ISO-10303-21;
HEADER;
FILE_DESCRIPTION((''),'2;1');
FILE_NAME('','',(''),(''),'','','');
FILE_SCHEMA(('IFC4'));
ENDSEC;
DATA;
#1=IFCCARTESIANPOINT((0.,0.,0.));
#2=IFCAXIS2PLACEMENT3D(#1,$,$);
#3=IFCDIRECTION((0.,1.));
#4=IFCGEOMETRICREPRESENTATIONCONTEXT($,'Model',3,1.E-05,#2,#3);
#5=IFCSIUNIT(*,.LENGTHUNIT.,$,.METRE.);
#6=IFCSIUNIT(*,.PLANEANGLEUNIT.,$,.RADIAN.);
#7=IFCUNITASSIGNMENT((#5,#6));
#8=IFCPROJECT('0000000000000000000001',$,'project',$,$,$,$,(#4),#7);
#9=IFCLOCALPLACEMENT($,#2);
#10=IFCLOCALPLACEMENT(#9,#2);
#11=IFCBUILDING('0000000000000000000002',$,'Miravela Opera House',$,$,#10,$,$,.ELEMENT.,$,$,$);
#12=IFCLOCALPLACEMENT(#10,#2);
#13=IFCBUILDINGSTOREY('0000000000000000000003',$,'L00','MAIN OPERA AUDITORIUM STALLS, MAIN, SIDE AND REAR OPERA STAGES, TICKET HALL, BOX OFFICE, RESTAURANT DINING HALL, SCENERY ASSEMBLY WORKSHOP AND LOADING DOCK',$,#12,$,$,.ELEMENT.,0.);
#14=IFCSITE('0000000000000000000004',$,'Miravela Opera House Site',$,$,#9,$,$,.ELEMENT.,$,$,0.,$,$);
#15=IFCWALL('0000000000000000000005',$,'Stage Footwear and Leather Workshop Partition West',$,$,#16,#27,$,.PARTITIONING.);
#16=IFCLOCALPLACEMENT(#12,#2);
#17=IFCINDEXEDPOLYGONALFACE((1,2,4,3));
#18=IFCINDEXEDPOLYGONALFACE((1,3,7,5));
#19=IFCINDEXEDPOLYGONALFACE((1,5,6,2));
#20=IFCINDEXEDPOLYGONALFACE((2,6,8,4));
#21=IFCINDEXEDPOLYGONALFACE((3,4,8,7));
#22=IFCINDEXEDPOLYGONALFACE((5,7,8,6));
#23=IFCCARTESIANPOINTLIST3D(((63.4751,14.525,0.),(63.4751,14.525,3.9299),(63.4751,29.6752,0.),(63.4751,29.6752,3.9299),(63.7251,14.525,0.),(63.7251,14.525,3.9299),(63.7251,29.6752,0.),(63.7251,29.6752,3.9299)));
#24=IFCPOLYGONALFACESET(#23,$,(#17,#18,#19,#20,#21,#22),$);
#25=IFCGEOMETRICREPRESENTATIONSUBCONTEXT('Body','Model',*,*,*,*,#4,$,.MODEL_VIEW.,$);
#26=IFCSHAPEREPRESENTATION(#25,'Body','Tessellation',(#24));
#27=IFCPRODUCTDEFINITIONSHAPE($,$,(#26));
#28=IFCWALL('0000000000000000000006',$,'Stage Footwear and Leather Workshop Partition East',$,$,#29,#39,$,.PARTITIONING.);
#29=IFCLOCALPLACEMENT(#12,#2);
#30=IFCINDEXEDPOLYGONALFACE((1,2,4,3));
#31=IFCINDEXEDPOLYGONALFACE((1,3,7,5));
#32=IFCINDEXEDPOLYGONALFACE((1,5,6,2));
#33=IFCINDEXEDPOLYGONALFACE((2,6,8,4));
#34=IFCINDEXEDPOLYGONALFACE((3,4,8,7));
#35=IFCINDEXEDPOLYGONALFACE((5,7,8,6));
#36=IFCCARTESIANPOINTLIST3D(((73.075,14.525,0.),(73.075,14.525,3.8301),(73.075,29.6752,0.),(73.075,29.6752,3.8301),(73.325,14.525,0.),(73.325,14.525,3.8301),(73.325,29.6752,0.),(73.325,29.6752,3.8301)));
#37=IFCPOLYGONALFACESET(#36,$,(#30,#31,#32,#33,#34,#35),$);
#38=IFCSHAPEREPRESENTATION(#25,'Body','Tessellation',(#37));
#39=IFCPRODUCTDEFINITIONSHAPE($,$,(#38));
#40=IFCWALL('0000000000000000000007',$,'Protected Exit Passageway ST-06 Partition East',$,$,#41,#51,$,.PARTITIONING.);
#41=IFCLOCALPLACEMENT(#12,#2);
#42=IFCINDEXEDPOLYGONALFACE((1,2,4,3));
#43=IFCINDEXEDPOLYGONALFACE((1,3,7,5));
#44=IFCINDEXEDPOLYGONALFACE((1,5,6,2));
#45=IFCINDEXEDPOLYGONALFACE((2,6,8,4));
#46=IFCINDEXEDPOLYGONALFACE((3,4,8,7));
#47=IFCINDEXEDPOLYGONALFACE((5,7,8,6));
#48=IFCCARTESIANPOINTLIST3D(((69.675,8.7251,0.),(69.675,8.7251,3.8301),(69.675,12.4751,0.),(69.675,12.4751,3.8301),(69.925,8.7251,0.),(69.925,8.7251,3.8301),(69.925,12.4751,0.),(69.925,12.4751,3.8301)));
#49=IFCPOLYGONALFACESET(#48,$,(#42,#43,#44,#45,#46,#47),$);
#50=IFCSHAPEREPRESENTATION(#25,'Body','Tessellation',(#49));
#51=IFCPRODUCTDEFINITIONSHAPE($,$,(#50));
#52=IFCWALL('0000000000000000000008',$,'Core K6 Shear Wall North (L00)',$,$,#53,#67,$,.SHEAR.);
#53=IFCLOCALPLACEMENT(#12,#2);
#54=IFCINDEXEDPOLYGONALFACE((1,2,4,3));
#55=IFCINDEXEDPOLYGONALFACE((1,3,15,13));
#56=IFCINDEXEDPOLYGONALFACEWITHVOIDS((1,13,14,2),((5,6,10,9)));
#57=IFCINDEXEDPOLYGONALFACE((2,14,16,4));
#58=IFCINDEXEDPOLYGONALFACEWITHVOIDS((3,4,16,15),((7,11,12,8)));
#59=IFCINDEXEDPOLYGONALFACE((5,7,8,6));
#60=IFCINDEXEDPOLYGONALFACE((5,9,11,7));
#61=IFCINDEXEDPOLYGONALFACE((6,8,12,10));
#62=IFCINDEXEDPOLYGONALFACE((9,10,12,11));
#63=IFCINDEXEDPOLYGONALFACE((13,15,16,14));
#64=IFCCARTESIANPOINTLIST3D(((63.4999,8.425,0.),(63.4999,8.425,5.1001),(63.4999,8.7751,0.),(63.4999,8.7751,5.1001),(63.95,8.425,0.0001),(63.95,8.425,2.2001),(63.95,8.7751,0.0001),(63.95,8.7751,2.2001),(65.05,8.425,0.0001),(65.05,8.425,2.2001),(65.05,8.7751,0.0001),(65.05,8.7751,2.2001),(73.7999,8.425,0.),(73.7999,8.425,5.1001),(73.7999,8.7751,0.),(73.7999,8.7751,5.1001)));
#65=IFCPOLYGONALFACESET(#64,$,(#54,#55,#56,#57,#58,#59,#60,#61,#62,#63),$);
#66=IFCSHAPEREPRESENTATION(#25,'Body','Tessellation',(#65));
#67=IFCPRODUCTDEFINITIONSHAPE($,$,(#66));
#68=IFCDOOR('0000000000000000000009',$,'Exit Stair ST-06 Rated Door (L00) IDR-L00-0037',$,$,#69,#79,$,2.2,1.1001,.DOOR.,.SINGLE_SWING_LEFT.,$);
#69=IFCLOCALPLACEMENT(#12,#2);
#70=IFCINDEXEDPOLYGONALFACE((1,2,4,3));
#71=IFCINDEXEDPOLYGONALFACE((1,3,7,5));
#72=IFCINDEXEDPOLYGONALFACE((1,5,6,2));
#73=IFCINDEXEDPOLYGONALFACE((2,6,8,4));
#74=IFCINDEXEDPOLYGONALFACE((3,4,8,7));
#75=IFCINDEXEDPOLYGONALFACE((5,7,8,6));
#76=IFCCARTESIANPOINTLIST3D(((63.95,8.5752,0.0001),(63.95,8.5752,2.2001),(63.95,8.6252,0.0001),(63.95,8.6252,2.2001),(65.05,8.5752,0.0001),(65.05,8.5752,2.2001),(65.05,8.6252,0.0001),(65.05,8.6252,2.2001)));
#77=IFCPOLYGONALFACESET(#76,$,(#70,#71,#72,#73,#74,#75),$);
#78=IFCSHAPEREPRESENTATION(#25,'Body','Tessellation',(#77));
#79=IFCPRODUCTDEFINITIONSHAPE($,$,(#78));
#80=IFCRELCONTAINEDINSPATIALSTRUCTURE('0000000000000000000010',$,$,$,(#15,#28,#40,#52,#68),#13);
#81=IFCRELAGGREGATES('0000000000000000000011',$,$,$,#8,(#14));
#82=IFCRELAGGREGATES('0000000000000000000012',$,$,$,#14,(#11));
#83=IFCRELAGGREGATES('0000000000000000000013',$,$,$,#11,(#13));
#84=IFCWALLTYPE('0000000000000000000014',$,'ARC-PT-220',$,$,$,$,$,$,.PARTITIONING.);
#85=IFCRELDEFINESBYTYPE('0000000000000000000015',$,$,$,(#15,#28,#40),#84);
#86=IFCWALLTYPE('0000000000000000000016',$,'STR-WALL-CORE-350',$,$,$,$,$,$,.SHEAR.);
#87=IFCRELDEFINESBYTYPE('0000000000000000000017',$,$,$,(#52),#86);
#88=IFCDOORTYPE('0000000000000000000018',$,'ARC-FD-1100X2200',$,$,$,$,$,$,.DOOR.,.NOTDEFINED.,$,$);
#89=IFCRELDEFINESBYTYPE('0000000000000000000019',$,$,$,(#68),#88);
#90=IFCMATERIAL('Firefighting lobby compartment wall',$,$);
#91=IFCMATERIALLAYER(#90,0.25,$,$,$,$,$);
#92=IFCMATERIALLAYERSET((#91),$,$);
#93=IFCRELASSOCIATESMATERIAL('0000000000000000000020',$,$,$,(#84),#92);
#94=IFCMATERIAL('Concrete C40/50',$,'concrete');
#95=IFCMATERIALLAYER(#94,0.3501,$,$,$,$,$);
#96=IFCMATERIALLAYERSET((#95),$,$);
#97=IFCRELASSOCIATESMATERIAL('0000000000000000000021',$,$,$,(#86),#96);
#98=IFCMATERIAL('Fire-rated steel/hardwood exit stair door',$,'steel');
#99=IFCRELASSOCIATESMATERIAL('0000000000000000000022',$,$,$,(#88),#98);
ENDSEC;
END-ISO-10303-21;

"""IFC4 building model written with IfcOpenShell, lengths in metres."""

from ifc_helpers import new_model, si_unit, direction, frame, frame_2d, origin, place, context, subcontext, project, spatial, rectangle, extrude, material, layer, layer_set, type_object, element, fill, save


model = new_model("IFC4")

# Units and contexts
model_context = context("Model", 3, precision=1e-05, world=origin(), true_north=direction((0.0, 1.0)))
body_context = subcontext(model_context, "Body", "Model", "MODEL_VIEW")
ifc_project = project(units=[si_unit("LENGTHUNIT", "METRE"), si_unit("PLANEANGLEUNIT", "RADIAN")], contexts=[model_context])

# Site, building, storey
site_placement = place(None, origin())
site = spatial("IfcSite", under=ifc_project, at=site_placement, Name="Miravela Opera House Site", CompositionType="ELEMENT", RefElevation=0.0)
building_placement = place(site_placement, origin())
building = spatial("IfcBuilding", under=site, at=building_placement, Name="Miravela Opera House", CompositionType="ELEMENT")
storey_placement = place(building_placement, origin())
storey = spatial("IfcBuildingStorey", under=building, at=storey_placement, Name="L00", Description="MAIN OPERA AUDITORIUM STALLS, MAIN, SIDE AND REAR OPERA STAGES, TICKET HALL, BOX OFFICE, RESTAURANT DINING HALL, SCENERY ASSEMBLY WORKSHOP AND LOADING DOCK", CompositionType="ELEMENT", Elevation=0.0)

# Shared definitions
ifc_material_1 = material(Name="Concrete C40/50", Category="concrete")

# Walls
ifc_material_2 = material(Name="Firefighting lobby compartment wall")
ifc_layer_1 = layer(ifc_material_2, 0.25)
ifc_layer_set_1 = layer_set([ifc_layer_1])
wall_type_1 = type_object("IfcWallType", Name="ARC-PT-220", PredefinedType="PARTITIONING", material=ifc_layer_set_1)
wall_1_placement = place(storey_placement, frame((63.6001, 14.5249, 0.0), z_axis=(0.0, 0.0, 1.0), x_axis=(0.0, 1.0, 0.0)))
element("IfcWall", 1, at=wall_1_placement, inside=storey, type_object=wall_type_1, Name="Stage Footwear and Leather Workshop Partition West", PredefinedType="PARTITIONING", context=body_context, shape_type="SweptSolid", body=[
    extrude(rectangle(XDim=15.1501, YDim=0.25, at=frame_2d((7.5752, 0.0))), origin(), (0.0, 0.0, 1.0), 3.9299),
])
wall_2_placement = place(storey_placement, frame((73.2, 14.5249, 0.0), z_axis=(0.0, 0.0, 1.0), x_axis=(0.0, 1.0, 0.0)))
element("IfcWall", 2, at=wall_2_placement, inside=storey, type_object=wall_type_1, Name="Stage Footwear and Leather Workshop Partition East", PredefinedType="PARTITIONING", context=body_context, shape_type="SweptSolid", body=[
    extrude(rectangle(XDim=15.1501, YDim=0.25, at=frame_2d((7.5752, 0.0))), origin(), (0.0, 0.0, 1.0), 3.8301),
])
wall_3_placement = place(storey_placement, frame((69.8, 8.7251, 0.0), z_axis=(0.0, 0.0, 1.0), x_axis=(0.0, 1.0, 0.0)))
element("IfcWall", 3, at=wall_3_placement, inside=storey, type_object=wall_type_1, Name="Protected Exit Passageway ST-06 Partition East", PredefinedType="PARTITIONING", context=body_context, shape_type="SweptSolid", body=[
    extrude(rectangle(XDim=3.75, YDim=0.25, at=frame_2d((1.875, 0.0))), origin(), (0.0, 0.0, 1.0), 3.8301),
])

# Wall, opening, door
ifc_layer_2 = layer(ifc_material_1, 0.3501)
ifc_layer_set_2 = layer_set([ifc_layer_2])
wall_type_2 = type_object("IfcWallType", Name="STR-WALL-CORE-350", PredefinedType="SHEAR", material=ifc_layer_set_2)
wall_4_placement = place(storey_placement, frame((63.5, 8.6001, 0.0), z_axis=(0.0, 0.0, 1.0), x_axis=(1.0, 0.0, 0.0)))
wall_4 = element("IfcWall", 4, at=wall_4_placement, inside=storey, type_object=wall_type_2, Name="Core K6 Shear Wall North (L00)", PredefinedType="SHEAR", context=body_context, shape_type="SweptSolid", body=[
    extrude(rectangle(XDim=10.3, YDim=0.3501, at=frame_2d((5.1499, 0.0))), origin(), (0.0, 0.0, 1.0), 5.1001),
])
opening_placement = place(wall_4_placement, frame((0.45, 0.0, 0.0)))
opening = element("IfcOpeningElement", 5, at=opening_placement, cuts=wall_4, PredefinedType="OPENING", context=body_context, shape_type="SweptSolid", body=[
    extrude(rectangle(XDim=1.1001, YDim=2.2, at=frame_2d((0.55, 1.1001))), frame((0.0, 0.1851, 0.0), z_axis=(0.0, -1.0, 0.0), x_axis=(1.0, 0.0, 0.0)), (0.0, 0.0, 1.0), 0.3701),
])
ifc_material_3 = material(Name="Fire-rated steel/hardwood exit stair door", Category="steel")
door_type = type_object("IfcDoorType", Name="ARC-FD-1100X2200", OperationType="NOTDEFINED", PredefinedType="DOOR", material=ifc_material_3)
door_placement = place(opening_placement, frame((1.1001, 0.0, 0.0), z_axis=(0.0, 0.0, 1.0), x_axis=(-1.0, 0.0, 0.0)))
door = element("IfcDoor", 6, at=door_placement, inside=storey, type_object=door_type, Name="Exit Stair ST-06 Rated Door (L00) IDR-L00-0037", OperationType="SINGLE_SWING_LEFT", OverallHeight=2.2, OverallWidth=1.1001, PredefinedType="DOOR", context=body_context, shape_type="SweptSolid", body=[
    extrude(rectangle(XDim=1.1001, YDim=2.2, at=frame_2d((0.55, 1.1001))), frame((0.0, 0.0249, 0.0), z_axis=(0.0, -1.0, 0.0), x_axis=(1.0, 0.0, 0.0)), (0.0, 0.0, 1.0), 0.05),
])
fill(opening, door)

save(model, "model.ifc")
